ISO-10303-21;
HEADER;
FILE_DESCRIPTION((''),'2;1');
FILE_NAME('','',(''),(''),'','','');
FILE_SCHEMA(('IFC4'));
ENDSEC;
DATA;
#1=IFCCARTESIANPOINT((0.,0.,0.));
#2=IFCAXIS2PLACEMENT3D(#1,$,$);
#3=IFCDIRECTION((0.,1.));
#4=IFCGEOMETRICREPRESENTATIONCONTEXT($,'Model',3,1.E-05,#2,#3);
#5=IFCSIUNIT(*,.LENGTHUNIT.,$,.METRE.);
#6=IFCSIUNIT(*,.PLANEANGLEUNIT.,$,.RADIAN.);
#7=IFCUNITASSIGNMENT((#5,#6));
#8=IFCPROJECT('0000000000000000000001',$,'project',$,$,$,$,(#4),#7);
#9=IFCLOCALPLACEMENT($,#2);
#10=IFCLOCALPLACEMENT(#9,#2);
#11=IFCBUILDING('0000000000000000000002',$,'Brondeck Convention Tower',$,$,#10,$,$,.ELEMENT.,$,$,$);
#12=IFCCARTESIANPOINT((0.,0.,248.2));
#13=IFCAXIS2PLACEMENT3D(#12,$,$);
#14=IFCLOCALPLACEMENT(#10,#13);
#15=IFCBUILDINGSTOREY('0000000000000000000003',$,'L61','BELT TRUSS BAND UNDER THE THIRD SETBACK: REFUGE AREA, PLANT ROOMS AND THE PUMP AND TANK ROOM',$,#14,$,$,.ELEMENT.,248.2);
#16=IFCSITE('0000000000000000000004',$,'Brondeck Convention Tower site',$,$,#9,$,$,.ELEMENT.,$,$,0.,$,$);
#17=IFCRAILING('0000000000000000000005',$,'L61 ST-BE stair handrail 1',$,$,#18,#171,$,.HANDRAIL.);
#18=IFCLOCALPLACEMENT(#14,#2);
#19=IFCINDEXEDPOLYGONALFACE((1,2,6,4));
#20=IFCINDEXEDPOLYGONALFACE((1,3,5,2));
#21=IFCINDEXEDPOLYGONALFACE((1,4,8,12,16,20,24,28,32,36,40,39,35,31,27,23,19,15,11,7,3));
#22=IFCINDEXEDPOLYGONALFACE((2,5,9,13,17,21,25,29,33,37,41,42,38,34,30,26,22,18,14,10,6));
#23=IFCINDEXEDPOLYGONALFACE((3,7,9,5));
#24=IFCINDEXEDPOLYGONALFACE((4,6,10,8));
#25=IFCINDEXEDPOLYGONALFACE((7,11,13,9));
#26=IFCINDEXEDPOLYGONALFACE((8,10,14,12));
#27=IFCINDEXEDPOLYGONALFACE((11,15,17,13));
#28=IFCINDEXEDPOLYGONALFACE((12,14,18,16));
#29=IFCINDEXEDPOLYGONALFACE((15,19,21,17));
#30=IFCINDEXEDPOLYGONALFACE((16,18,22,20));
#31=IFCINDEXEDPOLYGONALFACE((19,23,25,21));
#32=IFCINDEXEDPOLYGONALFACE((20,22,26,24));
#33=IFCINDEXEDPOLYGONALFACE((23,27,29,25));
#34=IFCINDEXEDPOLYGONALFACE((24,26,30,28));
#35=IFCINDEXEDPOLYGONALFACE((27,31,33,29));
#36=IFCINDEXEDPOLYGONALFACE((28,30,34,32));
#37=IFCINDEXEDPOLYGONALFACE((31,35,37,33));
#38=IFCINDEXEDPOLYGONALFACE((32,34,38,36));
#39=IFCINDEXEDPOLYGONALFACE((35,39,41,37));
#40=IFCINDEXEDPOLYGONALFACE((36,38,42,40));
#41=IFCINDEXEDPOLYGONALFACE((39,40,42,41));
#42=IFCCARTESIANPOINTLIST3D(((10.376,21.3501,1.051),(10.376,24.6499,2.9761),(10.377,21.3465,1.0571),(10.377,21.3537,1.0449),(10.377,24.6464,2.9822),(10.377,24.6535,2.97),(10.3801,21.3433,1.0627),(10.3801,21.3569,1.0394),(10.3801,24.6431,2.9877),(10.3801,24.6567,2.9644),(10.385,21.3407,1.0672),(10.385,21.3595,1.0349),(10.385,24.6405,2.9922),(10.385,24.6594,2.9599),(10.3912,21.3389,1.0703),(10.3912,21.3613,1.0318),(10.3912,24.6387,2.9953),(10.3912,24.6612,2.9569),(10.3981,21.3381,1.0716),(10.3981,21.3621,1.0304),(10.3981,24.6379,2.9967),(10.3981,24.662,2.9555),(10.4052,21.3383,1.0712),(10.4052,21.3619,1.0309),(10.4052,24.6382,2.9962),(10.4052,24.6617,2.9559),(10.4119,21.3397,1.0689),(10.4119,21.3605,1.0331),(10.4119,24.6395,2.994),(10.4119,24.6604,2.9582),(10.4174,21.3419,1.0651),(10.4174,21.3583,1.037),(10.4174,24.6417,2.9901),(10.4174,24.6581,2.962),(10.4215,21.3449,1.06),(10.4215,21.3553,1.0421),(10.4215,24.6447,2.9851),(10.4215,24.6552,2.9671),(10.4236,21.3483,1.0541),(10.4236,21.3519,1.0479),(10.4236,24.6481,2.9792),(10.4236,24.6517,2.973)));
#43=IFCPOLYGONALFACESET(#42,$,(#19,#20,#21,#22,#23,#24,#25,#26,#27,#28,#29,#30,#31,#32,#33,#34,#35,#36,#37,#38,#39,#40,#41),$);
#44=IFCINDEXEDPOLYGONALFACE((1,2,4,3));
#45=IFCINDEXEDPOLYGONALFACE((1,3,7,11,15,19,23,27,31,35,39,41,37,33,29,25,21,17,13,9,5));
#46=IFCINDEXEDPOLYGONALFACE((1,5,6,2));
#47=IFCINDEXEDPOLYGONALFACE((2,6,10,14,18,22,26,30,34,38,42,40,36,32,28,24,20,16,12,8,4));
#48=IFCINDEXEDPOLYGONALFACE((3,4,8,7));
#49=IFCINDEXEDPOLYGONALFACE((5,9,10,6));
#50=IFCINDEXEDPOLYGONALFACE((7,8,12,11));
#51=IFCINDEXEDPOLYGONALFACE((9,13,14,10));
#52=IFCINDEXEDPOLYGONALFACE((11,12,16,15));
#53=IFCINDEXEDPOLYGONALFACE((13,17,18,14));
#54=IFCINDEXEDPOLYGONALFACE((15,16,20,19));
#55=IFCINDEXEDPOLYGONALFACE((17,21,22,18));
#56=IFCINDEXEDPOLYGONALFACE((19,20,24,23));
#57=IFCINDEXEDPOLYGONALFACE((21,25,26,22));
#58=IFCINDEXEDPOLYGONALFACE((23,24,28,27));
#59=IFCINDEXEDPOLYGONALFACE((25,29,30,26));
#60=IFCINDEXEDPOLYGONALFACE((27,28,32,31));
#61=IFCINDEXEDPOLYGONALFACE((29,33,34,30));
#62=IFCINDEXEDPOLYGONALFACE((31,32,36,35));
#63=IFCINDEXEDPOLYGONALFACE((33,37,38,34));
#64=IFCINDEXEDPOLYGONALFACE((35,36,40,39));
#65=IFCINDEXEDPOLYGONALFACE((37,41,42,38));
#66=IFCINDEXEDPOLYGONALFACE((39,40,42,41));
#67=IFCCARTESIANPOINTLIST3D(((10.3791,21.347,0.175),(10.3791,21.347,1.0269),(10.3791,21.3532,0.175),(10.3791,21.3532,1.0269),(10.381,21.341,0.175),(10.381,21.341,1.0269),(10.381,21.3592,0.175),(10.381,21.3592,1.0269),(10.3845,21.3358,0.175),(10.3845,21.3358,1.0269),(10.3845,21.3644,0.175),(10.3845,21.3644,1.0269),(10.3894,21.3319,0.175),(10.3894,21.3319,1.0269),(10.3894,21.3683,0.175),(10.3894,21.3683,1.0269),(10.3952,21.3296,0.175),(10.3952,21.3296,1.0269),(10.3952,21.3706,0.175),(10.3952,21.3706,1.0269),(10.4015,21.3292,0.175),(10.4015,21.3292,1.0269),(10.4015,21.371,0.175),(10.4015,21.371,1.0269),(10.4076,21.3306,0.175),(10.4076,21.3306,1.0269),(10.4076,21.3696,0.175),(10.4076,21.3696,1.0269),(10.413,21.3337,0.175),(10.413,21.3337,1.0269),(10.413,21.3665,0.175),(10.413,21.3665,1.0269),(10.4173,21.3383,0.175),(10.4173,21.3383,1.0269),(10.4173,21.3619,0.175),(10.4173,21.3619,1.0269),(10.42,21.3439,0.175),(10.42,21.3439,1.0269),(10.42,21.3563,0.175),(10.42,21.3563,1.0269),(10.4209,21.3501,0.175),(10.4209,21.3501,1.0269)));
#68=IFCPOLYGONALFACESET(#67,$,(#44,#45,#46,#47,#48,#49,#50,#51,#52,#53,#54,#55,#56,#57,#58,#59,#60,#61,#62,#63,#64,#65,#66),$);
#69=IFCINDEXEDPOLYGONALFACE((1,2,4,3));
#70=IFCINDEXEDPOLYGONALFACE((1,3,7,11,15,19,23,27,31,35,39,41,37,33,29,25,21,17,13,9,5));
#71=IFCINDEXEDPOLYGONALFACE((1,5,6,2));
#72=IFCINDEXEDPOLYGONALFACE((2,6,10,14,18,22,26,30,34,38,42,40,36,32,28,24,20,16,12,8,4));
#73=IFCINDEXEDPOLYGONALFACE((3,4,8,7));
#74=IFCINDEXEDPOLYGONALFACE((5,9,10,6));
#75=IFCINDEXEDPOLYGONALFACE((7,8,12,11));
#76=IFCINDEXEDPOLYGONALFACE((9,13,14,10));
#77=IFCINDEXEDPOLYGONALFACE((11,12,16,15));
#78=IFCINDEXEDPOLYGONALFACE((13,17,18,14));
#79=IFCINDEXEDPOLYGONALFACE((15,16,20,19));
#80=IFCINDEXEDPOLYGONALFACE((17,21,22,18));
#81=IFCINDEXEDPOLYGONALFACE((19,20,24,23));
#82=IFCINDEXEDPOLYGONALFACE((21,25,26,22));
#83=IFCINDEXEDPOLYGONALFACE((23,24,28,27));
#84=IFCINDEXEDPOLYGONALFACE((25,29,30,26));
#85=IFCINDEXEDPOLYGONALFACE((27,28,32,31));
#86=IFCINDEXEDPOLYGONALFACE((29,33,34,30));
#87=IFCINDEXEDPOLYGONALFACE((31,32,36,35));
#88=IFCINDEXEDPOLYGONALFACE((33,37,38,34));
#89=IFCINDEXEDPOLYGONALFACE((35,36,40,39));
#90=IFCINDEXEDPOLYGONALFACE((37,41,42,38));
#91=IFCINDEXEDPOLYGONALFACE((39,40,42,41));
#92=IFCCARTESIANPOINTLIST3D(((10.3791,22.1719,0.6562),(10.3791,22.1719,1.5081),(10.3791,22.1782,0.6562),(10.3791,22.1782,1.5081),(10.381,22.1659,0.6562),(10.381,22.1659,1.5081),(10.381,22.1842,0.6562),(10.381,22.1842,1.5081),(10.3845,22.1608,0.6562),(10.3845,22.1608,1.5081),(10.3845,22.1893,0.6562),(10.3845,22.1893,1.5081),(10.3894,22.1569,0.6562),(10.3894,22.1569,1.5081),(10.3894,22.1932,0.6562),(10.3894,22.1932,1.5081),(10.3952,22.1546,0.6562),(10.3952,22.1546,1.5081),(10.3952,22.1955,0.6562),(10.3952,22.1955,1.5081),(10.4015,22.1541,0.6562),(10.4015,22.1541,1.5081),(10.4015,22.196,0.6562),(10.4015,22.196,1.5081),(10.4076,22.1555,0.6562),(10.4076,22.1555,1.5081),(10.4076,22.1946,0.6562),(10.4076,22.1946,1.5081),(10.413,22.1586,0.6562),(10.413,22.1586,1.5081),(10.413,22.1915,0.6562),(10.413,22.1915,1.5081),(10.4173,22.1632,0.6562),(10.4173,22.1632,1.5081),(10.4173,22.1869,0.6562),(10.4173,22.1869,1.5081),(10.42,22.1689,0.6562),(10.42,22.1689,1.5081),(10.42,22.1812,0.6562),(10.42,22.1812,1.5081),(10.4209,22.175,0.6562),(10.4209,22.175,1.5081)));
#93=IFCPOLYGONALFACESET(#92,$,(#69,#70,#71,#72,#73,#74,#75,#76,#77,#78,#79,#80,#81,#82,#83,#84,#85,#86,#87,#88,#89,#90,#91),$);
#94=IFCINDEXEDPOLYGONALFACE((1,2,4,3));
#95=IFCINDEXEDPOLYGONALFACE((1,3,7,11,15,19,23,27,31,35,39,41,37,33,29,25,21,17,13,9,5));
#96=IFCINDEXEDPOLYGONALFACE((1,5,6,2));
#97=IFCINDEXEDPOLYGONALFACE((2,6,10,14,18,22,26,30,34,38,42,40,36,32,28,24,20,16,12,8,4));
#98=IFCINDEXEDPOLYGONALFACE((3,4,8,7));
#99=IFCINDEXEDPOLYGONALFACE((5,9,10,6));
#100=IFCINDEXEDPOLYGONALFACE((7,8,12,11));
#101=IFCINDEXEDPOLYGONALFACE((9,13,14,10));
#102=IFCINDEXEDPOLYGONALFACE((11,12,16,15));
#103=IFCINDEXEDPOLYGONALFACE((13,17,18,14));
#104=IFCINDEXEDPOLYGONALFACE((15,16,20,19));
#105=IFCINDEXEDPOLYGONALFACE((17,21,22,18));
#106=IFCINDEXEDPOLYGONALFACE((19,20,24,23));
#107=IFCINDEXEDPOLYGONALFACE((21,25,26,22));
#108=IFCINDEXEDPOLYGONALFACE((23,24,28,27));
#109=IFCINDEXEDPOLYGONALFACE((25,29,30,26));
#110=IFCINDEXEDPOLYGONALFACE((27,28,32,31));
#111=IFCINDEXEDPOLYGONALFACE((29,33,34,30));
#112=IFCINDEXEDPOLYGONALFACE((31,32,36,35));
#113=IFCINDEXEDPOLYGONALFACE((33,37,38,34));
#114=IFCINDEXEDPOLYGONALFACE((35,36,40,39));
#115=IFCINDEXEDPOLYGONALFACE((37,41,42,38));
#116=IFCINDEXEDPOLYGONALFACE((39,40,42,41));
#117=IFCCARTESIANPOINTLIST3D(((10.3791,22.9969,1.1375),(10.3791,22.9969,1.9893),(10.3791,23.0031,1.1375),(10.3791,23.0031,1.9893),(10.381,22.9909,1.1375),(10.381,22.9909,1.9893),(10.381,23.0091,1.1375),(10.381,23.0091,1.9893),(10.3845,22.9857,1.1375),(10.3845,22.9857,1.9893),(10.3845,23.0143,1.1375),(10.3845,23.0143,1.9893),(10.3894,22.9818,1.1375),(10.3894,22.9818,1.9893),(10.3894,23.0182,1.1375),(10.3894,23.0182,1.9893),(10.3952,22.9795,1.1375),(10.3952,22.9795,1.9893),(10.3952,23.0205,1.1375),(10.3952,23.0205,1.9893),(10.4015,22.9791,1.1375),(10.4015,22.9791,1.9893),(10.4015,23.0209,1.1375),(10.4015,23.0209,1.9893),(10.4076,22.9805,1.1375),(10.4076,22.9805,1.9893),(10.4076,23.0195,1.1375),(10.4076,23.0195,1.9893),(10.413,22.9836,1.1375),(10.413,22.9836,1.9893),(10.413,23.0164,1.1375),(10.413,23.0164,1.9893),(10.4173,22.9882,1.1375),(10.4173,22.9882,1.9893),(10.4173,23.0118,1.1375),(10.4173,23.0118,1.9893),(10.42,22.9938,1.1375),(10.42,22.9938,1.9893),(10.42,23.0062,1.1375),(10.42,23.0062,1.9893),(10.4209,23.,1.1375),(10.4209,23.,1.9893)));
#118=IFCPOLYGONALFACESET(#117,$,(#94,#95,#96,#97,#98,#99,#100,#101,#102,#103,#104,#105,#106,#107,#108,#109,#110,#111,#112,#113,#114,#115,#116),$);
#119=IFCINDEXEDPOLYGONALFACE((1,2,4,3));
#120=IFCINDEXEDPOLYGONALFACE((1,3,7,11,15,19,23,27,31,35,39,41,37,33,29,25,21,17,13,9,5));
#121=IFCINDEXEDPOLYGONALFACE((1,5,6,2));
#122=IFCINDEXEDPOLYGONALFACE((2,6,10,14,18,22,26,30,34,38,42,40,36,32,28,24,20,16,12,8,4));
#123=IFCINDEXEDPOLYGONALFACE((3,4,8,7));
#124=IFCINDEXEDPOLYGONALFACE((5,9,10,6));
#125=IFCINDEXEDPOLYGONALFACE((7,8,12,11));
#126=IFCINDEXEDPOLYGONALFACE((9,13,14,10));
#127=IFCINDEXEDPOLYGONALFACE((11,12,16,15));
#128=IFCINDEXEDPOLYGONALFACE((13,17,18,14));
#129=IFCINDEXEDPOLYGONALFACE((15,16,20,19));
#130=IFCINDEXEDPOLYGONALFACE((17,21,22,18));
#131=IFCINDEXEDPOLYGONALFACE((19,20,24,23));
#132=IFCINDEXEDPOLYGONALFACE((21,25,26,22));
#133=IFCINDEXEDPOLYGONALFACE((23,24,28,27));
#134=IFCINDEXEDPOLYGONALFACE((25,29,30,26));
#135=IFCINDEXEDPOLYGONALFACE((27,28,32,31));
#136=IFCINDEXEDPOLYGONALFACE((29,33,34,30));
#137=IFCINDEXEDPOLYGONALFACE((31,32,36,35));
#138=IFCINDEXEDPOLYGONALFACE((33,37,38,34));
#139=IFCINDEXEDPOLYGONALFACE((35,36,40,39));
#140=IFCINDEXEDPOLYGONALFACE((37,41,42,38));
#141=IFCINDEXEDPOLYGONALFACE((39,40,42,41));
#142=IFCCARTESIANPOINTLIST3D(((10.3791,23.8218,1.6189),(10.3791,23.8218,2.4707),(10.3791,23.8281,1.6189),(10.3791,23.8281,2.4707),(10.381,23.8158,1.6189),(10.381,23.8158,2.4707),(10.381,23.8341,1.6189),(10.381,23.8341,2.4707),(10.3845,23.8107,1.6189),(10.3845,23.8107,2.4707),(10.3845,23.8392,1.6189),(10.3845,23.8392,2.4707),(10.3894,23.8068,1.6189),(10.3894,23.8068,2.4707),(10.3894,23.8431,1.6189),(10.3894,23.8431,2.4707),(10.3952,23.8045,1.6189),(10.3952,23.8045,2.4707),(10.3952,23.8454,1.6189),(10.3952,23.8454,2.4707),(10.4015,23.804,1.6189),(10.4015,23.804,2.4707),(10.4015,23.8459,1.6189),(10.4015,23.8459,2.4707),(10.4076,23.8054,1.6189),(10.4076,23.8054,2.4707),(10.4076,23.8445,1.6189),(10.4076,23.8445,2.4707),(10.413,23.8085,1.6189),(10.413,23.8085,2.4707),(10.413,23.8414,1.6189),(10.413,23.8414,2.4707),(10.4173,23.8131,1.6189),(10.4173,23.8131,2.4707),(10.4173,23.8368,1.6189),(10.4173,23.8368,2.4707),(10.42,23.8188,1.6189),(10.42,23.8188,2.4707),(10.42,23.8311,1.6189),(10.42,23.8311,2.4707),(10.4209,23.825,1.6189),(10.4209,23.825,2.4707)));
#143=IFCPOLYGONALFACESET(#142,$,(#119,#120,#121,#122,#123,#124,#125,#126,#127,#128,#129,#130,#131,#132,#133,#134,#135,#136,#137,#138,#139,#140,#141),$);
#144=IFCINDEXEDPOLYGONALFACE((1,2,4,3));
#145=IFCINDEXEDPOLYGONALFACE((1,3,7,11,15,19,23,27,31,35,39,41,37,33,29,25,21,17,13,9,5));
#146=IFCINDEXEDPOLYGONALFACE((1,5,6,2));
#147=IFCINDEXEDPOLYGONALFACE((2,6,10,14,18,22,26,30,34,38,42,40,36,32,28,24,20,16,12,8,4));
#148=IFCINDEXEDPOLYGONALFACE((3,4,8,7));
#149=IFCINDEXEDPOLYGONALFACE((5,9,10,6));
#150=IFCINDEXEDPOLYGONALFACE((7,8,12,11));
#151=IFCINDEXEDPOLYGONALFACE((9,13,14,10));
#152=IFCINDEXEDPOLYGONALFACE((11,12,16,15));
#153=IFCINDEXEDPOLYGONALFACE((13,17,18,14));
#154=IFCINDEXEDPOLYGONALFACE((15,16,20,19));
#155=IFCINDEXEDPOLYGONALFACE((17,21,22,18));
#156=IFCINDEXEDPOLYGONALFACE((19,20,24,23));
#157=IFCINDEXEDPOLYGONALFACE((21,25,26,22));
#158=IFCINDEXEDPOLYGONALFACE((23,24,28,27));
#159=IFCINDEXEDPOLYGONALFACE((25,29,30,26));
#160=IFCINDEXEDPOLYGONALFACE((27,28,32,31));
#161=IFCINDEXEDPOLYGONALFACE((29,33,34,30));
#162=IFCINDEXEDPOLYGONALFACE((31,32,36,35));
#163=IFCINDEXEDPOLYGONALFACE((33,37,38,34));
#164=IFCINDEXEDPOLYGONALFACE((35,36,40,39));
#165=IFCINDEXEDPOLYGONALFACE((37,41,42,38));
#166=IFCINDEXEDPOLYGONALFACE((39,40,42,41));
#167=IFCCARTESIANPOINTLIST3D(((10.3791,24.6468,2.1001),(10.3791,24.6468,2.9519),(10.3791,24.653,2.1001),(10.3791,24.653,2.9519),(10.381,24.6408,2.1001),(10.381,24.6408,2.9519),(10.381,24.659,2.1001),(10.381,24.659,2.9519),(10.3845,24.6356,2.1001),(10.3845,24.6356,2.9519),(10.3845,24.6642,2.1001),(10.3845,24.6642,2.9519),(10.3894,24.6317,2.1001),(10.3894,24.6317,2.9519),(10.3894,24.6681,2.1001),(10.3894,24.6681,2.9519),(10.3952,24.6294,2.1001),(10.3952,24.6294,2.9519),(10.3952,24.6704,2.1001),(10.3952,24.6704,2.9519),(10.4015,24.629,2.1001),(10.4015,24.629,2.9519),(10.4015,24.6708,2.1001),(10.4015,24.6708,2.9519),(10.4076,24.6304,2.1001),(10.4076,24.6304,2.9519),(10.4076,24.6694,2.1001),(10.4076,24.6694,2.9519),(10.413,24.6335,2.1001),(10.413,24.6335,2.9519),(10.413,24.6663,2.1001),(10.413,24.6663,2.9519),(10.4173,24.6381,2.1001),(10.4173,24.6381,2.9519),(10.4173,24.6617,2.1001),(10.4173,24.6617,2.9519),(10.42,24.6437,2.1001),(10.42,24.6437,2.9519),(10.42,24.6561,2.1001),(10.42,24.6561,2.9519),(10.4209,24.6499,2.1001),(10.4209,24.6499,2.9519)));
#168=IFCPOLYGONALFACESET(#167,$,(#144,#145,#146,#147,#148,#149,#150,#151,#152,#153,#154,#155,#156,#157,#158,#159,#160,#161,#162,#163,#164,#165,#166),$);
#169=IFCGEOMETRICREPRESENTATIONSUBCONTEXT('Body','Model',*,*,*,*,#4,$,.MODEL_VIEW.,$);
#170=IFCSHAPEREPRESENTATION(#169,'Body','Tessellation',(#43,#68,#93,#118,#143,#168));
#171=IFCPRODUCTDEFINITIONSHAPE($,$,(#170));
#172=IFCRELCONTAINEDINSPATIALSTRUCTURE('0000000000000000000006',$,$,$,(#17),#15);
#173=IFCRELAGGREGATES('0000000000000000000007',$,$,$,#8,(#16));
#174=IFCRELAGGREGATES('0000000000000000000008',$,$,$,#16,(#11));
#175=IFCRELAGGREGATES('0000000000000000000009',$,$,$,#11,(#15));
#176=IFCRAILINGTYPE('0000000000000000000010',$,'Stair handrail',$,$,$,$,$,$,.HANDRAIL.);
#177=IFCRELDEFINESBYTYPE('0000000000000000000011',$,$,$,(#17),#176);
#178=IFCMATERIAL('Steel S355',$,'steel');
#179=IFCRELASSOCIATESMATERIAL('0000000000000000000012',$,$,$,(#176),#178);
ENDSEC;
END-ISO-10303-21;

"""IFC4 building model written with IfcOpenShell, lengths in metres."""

from ifc_helpers import new_model, si_unit, direction, frame, origin, origin_2d, place, context, subcontext, project, spatial, circle, extrude, material, type_object, element, save


model = new_model("IFC4")

# Units and contexts
model_context = context("Model", 3, precision=1e-05, world=origin(), true_north=direction((0.0, 1.0)))
body_context = subcontext(model_context, "Body", "Model", "MODEL_VIEW")
ifc_project = project(units=[si_unit("LENGTHUNIT", "METRE"), si_unit("PLANEANGLEUNIT", "RADIAN")], contexts=[model_context])

# Site, building, storey
site_placement = place(None, origin())
site = spatial("IfcSite", under=ifc_project, at=site_placement, Name="Brondeck Convention Tower site", CompositionType="ELEMENT", RefElevation=0.0)
building_placement = place(site_placement, origin())
building = spatial("IfcBuilding", under=site, at=building_placement, Name="Brondeck Convention Tower", CompositionType="ELEMENT")
storey_placement = place(building_placement, frame((0.0, 0.0, 248.2)))
storey = spatial("IfcBuildingStorey", under=building, at=storey_placement, Name="L61", Description="BELT TRUSS BAND UNDER THE THIRD SETBACK: REFUGE AREA, PLANT ROOMS AND THE PUMP AND TANK ROOM", CompositionType="ELEMENT", Elevation=248.2)

# Shared definitions
ifc_material_1 = material(Name="Steel S355", Category="steel")

# Railing
railing_type_1 = type_object("IfcRailingType", Name="Stair handrail", PredefinedType="HANDRAIL", material=ifc_material_1)
railing_1_placement = place(storey_placement, frame((10.3999, 21.3501, 0.175)))
element("IfcRailing", 1, at=railing_1_placement, inside=storey, type_object=railing_type_1, Name="L61 ST-BE stair handrail 1", PredefinedType="HANDRAIL", context=body_context, shape_type="SweptSolid", body=[
    extrude(circle(Radius=0.0239, at=origin_2d()), frame((0.0, 0.0, 0.876), z_axis=(0.0, 0.86376, 0.503903), x_axis=(-1.0, 0.0, 0.0)), (0.0, 0.0, 1.0), 3.8203),
    extrude(circle(Radius=0.021, at=origin_2d()), origin(), (0.0, 0.0, 1.0), 0.8518),
    extrude(circle(Radius=0.021, at=origin_2d()), frame((0.0, 0.825, 0.4812)), (0.0, 0.0, 1.0), 0.8518),
    extrude(circle(Radius=0.021, at=origin_2d()), frame((0.0, 1.6499, 0.9624)), (0.0, 0.0, 1.0), 0.8518),
    extrude(circle(Radius=0.021, at=origin_2d()), frame((0.0, 2.4749, 1.4438)), (0.0, 0.0, 1.0), 0.8518),
    extrude(circle(Radius=0.021, at=origin_2d()), frame((0.0, 3.2998, 1.925)), (0.0, 0.0, 1.0), 0.8518),
])

save(model, "model.ifc")
